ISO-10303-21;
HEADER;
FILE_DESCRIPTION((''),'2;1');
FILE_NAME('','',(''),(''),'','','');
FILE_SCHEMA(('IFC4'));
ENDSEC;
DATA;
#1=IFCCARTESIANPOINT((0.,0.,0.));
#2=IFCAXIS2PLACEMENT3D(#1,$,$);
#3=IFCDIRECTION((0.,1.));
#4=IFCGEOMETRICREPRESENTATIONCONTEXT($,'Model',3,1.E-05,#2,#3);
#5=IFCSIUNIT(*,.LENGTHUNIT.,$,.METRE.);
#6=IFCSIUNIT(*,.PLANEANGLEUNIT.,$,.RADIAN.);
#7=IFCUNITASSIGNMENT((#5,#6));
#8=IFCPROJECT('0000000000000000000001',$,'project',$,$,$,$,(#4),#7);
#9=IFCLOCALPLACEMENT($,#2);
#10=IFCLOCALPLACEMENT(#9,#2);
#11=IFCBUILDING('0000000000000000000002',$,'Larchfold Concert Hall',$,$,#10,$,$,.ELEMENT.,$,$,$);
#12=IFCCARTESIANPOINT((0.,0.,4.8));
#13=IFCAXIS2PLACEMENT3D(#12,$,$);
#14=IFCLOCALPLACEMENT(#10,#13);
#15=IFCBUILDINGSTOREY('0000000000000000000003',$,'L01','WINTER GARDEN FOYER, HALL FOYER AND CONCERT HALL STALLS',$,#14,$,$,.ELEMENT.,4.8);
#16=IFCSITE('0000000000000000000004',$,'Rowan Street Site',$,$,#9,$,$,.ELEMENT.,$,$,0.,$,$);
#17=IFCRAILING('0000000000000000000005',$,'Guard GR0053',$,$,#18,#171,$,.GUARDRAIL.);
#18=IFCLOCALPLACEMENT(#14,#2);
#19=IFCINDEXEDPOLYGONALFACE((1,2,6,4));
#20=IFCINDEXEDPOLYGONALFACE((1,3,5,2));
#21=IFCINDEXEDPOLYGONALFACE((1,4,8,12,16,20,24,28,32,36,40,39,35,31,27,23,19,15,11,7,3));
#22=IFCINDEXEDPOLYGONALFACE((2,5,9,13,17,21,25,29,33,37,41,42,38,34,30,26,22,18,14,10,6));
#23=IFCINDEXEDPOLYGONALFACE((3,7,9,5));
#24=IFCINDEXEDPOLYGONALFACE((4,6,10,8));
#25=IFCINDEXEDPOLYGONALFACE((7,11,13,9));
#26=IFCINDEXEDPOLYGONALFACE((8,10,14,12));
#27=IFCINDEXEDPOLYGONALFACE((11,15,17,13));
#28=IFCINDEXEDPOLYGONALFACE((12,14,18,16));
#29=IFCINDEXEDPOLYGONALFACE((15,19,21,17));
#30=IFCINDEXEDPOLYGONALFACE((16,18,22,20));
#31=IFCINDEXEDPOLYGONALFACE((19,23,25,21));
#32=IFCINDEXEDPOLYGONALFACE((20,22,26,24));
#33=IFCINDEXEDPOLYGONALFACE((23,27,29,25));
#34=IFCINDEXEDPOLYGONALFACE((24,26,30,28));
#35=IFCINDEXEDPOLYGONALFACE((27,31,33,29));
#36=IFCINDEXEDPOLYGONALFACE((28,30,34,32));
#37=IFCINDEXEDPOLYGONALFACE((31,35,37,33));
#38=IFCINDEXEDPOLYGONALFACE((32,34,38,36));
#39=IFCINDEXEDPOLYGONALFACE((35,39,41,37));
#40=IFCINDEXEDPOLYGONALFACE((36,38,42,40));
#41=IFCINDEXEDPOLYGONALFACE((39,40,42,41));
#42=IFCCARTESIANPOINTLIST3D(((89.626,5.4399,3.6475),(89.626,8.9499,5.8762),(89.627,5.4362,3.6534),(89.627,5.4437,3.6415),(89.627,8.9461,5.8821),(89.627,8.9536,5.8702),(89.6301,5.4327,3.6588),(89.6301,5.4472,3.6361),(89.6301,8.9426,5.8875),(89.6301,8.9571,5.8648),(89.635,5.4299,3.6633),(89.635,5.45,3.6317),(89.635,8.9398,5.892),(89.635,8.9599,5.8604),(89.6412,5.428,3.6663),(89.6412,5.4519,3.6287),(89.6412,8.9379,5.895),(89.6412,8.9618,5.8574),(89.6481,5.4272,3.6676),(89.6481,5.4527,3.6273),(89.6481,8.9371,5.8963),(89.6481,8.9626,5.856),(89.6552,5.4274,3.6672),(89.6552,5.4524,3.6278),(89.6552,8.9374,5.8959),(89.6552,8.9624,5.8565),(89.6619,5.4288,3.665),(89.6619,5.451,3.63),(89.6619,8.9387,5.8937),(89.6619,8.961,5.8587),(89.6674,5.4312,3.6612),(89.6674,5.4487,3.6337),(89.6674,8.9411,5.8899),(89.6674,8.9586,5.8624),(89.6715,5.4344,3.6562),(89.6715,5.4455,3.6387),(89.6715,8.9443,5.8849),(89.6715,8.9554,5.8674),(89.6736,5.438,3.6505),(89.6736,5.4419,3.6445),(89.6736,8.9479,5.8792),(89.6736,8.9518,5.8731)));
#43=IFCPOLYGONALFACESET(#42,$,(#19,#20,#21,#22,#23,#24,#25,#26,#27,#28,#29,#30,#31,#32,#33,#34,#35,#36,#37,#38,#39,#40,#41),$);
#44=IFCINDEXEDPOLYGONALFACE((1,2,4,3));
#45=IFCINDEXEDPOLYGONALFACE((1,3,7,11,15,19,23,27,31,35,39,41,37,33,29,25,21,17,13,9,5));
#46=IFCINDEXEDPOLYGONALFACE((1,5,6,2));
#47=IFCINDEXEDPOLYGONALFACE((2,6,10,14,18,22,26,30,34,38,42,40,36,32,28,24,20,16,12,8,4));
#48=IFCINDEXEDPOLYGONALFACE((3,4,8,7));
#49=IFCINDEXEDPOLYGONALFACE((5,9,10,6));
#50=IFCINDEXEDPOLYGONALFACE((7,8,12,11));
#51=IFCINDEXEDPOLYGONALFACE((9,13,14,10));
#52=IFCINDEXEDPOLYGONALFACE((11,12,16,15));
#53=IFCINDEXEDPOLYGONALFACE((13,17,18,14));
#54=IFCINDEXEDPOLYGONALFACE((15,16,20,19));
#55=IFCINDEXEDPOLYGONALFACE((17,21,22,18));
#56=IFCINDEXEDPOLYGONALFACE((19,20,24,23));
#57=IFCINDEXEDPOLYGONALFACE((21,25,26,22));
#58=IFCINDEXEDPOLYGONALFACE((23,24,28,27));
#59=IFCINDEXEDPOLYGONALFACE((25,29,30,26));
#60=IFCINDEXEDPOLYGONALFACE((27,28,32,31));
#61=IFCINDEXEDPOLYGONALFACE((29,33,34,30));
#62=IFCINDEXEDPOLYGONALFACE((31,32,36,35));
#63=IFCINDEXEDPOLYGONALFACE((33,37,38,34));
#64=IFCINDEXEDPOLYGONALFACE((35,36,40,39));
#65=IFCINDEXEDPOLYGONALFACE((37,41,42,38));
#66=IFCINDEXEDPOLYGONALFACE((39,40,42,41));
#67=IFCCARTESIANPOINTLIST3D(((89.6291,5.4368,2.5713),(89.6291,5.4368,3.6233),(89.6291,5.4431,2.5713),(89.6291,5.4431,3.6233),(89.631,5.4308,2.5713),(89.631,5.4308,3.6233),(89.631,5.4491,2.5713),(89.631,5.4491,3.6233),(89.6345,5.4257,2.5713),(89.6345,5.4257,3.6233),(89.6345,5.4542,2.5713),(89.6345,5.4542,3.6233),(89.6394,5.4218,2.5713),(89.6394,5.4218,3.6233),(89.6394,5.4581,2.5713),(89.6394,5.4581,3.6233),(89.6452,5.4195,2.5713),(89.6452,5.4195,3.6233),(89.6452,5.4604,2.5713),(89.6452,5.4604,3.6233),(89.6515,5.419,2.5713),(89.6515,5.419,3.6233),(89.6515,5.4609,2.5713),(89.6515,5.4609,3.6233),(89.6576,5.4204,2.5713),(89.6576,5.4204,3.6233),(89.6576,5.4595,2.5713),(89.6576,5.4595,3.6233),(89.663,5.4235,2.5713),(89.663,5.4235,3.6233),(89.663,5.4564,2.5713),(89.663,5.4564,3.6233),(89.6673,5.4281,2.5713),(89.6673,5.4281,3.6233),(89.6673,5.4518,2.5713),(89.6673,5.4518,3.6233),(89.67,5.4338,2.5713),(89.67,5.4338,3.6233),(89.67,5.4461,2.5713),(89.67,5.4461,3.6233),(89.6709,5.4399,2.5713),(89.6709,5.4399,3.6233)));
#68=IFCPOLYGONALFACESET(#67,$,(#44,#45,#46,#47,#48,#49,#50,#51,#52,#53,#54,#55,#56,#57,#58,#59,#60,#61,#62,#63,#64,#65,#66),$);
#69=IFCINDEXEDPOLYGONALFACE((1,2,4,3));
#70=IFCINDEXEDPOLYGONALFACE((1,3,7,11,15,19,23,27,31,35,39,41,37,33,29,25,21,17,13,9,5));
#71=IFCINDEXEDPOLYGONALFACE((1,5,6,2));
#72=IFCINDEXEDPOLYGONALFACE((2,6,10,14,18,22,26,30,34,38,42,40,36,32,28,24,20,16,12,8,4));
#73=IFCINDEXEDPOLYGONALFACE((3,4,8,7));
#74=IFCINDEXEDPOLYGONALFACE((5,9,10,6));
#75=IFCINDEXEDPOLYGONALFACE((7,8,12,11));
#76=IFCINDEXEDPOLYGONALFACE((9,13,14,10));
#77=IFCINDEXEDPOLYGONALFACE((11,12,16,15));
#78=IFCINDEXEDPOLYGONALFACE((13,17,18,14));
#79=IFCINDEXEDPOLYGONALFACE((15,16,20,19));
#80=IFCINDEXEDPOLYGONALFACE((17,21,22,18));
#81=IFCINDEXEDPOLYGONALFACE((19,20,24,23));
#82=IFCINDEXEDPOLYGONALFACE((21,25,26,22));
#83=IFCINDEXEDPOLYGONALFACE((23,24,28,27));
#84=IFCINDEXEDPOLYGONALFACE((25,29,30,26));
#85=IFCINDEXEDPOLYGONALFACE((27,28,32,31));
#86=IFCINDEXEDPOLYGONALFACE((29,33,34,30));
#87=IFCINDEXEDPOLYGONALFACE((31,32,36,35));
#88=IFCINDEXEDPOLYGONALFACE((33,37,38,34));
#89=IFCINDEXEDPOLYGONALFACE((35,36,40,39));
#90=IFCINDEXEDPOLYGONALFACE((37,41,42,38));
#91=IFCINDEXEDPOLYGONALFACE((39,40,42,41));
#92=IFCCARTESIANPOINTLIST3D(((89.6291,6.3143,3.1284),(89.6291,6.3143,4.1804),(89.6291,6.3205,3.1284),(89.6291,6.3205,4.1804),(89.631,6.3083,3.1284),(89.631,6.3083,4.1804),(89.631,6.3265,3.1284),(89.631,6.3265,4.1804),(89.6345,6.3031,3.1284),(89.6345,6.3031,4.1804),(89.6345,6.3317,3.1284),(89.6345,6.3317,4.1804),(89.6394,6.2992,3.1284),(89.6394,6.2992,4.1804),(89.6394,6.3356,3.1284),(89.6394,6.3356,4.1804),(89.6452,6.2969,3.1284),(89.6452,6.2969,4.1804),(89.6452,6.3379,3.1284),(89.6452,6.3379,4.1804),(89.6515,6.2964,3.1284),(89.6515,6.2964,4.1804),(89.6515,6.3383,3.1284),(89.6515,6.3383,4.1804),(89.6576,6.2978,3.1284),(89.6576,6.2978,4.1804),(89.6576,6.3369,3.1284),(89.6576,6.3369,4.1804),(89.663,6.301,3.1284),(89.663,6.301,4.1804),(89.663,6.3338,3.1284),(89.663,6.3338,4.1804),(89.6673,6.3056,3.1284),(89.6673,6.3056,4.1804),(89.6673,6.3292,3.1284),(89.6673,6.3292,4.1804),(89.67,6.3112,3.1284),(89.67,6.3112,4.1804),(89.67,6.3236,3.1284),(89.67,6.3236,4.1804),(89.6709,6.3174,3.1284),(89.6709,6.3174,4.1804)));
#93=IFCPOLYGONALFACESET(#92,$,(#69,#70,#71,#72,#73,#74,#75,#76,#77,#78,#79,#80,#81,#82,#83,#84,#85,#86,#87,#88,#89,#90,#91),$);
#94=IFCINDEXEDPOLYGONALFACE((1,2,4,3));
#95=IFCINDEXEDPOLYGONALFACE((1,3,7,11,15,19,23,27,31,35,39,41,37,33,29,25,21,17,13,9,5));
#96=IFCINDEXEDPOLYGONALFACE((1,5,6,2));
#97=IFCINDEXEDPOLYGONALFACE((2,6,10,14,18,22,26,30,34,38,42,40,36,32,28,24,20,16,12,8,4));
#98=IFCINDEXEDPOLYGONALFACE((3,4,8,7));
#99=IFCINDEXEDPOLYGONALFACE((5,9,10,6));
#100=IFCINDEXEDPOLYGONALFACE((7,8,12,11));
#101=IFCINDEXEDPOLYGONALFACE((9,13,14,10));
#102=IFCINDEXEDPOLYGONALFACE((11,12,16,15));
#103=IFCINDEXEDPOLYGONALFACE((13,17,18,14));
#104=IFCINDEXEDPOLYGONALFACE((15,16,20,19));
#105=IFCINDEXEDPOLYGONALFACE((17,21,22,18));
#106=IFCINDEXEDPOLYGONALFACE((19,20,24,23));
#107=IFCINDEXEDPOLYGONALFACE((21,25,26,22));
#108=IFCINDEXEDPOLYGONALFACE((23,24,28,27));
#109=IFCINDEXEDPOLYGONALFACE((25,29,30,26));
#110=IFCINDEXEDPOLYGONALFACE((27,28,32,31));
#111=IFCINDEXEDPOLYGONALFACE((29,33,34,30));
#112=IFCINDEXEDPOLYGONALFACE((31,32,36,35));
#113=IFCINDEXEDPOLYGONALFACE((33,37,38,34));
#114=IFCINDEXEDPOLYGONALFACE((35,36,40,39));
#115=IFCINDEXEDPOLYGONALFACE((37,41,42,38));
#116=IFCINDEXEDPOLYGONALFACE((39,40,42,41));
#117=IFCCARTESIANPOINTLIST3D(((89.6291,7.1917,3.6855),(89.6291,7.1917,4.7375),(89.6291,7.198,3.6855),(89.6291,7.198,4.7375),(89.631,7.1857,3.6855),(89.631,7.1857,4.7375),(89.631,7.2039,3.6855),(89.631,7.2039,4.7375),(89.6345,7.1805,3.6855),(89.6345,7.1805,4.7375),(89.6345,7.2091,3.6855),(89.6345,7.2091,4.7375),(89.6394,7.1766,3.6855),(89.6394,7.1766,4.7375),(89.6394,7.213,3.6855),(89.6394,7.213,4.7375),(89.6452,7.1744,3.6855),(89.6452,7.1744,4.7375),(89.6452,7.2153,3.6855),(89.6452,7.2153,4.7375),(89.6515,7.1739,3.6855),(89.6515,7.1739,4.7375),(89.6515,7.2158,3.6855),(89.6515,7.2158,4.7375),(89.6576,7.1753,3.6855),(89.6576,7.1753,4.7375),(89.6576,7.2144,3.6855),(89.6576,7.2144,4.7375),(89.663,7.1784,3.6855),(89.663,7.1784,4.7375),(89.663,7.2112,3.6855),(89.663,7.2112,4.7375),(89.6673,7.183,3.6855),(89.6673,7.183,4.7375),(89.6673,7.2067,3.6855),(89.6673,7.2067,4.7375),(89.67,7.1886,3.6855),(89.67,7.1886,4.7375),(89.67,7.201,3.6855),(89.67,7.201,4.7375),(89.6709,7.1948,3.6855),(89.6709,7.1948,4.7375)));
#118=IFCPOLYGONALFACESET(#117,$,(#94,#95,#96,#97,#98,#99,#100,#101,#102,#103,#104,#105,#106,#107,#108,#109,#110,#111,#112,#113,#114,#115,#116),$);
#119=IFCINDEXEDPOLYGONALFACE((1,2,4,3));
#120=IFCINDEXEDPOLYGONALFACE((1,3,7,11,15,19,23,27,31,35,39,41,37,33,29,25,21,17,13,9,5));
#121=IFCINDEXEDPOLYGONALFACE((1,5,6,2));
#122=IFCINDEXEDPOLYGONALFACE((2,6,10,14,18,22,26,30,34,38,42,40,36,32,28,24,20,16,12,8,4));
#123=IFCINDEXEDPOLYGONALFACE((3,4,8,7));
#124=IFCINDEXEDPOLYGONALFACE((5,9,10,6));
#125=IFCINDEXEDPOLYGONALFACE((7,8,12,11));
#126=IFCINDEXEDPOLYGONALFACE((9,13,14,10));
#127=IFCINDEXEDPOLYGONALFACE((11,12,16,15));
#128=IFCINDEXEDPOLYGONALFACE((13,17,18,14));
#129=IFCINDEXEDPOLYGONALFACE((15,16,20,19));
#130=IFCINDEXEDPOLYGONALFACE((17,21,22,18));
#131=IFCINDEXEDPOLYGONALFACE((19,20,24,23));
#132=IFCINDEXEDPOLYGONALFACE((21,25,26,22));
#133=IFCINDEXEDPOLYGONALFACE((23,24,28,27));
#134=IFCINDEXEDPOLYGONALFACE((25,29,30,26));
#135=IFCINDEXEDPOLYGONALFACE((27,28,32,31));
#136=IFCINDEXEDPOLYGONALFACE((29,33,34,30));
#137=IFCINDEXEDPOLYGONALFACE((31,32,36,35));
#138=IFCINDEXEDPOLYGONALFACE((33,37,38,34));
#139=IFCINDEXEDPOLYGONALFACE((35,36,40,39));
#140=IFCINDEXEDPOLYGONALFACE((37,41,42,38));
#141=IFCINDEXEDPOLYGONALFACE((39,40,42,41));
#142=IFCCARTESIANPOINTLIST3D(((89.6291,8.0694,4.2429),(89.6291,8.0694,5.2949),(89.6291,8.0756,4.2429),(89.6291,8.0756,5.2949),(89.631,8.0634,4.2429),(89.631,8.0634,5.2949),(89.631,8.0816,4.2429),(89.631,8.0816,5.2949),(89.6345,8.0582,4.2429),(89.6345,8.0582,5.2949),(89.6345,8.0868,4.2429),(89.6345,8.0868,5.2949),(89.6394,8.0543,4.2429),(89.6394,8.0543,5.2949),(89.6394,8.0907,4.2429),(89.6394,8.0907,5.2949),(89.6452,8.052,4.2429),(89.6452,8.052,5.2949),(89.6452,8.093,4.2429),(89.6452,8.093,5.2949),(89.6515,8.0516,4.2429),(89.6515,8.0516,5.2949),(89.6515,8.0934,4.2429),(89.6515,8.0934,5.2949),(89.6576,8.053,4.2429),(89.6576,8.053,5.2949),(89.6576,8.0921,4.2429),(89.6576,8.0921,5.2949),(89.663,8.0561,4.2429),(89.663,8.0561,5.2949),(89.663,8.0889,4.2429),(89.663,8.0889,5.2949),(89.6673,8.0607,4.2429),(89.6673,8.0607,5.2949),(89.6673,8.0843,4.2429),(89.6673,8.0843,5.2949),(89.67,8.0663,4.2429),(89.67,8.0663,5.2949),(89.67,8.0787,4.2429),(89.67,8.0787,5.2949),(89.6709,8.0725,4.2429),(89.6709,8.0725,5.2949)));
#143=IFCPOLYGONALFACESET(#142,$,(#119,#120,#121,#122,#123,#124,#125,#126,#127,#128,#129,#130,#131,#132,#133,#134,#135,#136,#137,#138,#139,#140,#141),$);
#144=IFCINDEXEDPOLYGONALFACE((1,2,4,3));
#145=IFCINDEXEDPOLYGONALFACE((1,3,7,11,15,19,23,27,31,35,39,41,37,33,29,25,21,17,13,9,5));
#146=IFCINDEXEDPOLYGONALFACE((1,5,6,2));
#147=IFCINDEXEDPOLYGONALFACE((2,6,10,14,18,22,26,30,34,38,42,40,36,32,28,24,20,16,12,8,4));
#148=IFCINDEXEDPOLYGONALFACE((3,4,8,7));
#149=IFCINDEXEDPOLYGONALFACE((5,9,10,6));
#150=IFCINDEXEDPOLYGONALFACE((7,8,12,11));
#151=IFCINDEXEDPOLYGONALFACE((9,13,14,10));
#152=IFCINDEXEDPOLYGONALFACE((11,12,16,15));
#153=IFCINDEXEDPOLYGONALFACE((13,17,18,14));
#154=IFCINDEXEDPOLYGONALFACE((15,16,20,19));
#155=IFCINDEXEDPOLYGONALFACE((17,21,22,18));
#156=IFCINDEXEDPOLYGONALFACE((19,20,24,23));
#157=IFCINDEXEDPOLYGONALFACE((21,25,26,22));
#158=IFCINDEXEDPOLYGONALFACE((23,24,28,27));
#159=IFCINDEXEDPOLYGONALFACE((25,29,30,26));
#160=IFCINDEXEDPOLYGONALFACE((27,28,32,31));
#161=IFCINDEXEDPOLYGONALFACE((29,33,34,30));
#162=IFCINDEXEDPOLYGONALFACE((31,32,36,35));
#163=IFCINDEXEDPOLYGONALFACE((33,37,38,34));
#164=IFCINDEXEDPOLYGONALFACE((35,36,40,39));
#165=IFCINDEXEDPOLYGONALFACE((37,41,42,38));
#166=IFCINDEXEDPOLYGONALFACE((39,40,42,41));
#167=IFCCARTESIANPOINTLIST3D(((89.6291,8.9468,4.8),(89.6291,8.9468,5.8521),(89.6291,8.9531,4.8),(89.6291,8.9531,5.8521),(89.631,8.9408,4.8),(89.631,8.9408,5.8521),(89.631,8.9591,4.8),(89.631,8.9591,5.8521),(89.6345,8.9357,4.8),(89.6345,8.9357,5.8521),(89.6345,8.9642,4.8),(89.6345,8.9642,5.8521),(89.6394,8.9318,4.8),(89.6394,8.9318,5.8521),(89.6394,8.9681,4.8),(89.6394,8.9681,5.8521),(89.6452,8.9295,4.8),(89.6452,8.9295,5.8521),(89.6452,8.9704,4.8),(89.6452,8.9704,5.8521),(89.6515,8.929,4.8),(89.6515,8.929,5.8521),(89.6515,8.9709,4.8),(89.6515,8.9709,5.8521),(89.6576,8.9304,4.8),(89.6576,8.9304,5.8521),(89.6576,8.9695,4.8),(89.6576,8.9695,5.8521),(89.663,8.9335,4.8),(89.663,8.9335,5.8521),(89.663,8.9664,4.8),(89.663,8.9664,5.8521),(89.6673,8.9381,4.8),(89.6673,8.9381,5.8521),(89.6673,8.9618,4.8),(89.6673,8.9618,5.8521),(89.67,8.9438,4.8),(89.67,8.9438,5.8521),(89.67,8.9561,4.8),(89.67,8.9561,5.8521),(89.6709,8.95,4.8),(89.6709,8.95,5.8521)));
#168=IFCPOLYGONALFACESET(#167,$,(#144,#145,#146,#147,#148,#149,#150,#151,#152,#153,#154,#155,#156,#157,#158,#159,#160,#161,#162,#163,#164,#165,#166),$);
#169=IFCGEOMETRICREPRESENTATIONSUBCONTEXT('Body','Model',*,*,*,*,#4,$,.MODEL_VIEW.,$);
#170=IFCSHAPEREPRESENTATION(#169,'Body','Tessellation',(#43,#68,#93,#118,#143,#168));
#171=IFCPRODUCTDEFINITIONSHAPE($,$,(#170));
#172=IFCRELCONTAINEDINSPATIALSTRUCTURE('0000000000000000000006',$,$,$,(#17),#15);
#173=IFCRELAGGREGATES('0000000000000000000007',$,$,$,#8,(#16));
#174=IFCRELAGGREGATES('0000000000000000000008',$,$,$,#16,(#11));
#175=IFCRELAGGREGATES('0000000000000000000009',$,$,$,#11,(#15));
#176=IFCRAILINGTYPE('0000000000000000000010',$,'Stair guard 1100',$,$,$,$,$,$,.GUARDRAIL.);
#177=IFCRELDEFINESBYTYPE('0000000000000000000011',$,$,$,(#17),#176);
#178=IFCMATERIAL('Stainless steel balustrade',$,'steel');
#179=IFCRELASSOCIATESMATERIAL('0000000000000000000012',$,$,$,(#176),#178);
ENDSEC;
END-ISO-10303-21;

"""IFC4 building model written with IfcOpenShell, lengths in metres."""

from ifc_helpers import new_model, si_unit, direction, frame, origin, origin_2d, place, context, subcontext, project, spatial, circle, extrude, material, type_object, element, save


model = new_model("IFC4")

# Units and contexts
model_context = context("Model", 3, precision=1e-05, world=origin(), true_north=direction((0.0, 1.0)))
body_context = subcontext(model_context, "Body", "Model", "MODEL_VIEW")
ifc_project = project(units=[si_unit("LENGTHUNIT", "METRE"), si_unit("PLANEANGLEUNIT", "RADIAN")], contexts=[model_context])

# Site, building, storey
site_placement = place(None, origin())
site = spatial("IfcSite", under=ifc_project, at=site_placement, Name="Rowan Street Site", CompositionType="ELEMENT", RefElevation=0.0)
building_placement = place(site_placement, origin())
building = spatial("IfcBuilding", under=site, at=building_placement, Name="Larchfold Concert Hall", CompositionType="ELEMENT")
storey_placement = place(building_placement, frame((0.0, 0.0, 4.8)))
storey = spatial("IfcBuildingStorey", under=building, at=storey_placement, Name="L01", Description="WINTER GARDEN FOYER, HALL FOYER AND CONCERT HALL STALLS", CompositionType="ELEMENT", Elevation=4.8)

# Railing
ifc_material_1 = material(Name="Stainless steel balustrade", Category="steel")
railing_type_1 = type_object("IfcRailingType", Name="Stair guard 1100", PredefinedType="GUARDRAIL", material=ifc_material_1)
railing_1_placement = place(storey_placement, frame((89.6499, 5.4399, 2.5713)))
element("IfcRailing", 1, at=railing_1_placement, inside=storey, type_object=railing_type_1, Name="Guard GR0053", PredefinedType="GUARDRAIL", context=body_context, shape_type="SweptSolid", body=[
    extrude(circle(Radius=0.0239, at=origin_2d()), frame((0.0, 0.0, 1.0762), z_axis=(0.0, 0.844193, 0.536039), x_axis=(-1.0, 0.0, 0.0)), (0.0, 0.0, 1.0), 4.1577),
    extrude(circle(Radius=0.021, at=origin_2d()), origin(), (0.0, 0.0, 1.0), 1.052),
    extrude(circle(Radius=0.021, at=origin_2d()), frame((0.0, 0.8774, 0.5571)), (0.0, 0.0, 1.0), 1.052),
    extrude(circle(Radius=0.021, at=origin_2d()), frame((0.0, 1.7549, 1.1143)), (0.0, 0.0, 1.0), 1.052),
    extrude(circle(Radius=0.021, at=origin_2d()), frame((0.0, 2.6326, 1.6716)), (0.0, 0.0, 1.0), 1.052),
    extrude(circle(Radius=0.021, at=origin_2d()), frame((0.0, 3.51, 2.2288)), (0.0, 0.0, 1.0), 1.052),
])

save(model, "model.ifc")
